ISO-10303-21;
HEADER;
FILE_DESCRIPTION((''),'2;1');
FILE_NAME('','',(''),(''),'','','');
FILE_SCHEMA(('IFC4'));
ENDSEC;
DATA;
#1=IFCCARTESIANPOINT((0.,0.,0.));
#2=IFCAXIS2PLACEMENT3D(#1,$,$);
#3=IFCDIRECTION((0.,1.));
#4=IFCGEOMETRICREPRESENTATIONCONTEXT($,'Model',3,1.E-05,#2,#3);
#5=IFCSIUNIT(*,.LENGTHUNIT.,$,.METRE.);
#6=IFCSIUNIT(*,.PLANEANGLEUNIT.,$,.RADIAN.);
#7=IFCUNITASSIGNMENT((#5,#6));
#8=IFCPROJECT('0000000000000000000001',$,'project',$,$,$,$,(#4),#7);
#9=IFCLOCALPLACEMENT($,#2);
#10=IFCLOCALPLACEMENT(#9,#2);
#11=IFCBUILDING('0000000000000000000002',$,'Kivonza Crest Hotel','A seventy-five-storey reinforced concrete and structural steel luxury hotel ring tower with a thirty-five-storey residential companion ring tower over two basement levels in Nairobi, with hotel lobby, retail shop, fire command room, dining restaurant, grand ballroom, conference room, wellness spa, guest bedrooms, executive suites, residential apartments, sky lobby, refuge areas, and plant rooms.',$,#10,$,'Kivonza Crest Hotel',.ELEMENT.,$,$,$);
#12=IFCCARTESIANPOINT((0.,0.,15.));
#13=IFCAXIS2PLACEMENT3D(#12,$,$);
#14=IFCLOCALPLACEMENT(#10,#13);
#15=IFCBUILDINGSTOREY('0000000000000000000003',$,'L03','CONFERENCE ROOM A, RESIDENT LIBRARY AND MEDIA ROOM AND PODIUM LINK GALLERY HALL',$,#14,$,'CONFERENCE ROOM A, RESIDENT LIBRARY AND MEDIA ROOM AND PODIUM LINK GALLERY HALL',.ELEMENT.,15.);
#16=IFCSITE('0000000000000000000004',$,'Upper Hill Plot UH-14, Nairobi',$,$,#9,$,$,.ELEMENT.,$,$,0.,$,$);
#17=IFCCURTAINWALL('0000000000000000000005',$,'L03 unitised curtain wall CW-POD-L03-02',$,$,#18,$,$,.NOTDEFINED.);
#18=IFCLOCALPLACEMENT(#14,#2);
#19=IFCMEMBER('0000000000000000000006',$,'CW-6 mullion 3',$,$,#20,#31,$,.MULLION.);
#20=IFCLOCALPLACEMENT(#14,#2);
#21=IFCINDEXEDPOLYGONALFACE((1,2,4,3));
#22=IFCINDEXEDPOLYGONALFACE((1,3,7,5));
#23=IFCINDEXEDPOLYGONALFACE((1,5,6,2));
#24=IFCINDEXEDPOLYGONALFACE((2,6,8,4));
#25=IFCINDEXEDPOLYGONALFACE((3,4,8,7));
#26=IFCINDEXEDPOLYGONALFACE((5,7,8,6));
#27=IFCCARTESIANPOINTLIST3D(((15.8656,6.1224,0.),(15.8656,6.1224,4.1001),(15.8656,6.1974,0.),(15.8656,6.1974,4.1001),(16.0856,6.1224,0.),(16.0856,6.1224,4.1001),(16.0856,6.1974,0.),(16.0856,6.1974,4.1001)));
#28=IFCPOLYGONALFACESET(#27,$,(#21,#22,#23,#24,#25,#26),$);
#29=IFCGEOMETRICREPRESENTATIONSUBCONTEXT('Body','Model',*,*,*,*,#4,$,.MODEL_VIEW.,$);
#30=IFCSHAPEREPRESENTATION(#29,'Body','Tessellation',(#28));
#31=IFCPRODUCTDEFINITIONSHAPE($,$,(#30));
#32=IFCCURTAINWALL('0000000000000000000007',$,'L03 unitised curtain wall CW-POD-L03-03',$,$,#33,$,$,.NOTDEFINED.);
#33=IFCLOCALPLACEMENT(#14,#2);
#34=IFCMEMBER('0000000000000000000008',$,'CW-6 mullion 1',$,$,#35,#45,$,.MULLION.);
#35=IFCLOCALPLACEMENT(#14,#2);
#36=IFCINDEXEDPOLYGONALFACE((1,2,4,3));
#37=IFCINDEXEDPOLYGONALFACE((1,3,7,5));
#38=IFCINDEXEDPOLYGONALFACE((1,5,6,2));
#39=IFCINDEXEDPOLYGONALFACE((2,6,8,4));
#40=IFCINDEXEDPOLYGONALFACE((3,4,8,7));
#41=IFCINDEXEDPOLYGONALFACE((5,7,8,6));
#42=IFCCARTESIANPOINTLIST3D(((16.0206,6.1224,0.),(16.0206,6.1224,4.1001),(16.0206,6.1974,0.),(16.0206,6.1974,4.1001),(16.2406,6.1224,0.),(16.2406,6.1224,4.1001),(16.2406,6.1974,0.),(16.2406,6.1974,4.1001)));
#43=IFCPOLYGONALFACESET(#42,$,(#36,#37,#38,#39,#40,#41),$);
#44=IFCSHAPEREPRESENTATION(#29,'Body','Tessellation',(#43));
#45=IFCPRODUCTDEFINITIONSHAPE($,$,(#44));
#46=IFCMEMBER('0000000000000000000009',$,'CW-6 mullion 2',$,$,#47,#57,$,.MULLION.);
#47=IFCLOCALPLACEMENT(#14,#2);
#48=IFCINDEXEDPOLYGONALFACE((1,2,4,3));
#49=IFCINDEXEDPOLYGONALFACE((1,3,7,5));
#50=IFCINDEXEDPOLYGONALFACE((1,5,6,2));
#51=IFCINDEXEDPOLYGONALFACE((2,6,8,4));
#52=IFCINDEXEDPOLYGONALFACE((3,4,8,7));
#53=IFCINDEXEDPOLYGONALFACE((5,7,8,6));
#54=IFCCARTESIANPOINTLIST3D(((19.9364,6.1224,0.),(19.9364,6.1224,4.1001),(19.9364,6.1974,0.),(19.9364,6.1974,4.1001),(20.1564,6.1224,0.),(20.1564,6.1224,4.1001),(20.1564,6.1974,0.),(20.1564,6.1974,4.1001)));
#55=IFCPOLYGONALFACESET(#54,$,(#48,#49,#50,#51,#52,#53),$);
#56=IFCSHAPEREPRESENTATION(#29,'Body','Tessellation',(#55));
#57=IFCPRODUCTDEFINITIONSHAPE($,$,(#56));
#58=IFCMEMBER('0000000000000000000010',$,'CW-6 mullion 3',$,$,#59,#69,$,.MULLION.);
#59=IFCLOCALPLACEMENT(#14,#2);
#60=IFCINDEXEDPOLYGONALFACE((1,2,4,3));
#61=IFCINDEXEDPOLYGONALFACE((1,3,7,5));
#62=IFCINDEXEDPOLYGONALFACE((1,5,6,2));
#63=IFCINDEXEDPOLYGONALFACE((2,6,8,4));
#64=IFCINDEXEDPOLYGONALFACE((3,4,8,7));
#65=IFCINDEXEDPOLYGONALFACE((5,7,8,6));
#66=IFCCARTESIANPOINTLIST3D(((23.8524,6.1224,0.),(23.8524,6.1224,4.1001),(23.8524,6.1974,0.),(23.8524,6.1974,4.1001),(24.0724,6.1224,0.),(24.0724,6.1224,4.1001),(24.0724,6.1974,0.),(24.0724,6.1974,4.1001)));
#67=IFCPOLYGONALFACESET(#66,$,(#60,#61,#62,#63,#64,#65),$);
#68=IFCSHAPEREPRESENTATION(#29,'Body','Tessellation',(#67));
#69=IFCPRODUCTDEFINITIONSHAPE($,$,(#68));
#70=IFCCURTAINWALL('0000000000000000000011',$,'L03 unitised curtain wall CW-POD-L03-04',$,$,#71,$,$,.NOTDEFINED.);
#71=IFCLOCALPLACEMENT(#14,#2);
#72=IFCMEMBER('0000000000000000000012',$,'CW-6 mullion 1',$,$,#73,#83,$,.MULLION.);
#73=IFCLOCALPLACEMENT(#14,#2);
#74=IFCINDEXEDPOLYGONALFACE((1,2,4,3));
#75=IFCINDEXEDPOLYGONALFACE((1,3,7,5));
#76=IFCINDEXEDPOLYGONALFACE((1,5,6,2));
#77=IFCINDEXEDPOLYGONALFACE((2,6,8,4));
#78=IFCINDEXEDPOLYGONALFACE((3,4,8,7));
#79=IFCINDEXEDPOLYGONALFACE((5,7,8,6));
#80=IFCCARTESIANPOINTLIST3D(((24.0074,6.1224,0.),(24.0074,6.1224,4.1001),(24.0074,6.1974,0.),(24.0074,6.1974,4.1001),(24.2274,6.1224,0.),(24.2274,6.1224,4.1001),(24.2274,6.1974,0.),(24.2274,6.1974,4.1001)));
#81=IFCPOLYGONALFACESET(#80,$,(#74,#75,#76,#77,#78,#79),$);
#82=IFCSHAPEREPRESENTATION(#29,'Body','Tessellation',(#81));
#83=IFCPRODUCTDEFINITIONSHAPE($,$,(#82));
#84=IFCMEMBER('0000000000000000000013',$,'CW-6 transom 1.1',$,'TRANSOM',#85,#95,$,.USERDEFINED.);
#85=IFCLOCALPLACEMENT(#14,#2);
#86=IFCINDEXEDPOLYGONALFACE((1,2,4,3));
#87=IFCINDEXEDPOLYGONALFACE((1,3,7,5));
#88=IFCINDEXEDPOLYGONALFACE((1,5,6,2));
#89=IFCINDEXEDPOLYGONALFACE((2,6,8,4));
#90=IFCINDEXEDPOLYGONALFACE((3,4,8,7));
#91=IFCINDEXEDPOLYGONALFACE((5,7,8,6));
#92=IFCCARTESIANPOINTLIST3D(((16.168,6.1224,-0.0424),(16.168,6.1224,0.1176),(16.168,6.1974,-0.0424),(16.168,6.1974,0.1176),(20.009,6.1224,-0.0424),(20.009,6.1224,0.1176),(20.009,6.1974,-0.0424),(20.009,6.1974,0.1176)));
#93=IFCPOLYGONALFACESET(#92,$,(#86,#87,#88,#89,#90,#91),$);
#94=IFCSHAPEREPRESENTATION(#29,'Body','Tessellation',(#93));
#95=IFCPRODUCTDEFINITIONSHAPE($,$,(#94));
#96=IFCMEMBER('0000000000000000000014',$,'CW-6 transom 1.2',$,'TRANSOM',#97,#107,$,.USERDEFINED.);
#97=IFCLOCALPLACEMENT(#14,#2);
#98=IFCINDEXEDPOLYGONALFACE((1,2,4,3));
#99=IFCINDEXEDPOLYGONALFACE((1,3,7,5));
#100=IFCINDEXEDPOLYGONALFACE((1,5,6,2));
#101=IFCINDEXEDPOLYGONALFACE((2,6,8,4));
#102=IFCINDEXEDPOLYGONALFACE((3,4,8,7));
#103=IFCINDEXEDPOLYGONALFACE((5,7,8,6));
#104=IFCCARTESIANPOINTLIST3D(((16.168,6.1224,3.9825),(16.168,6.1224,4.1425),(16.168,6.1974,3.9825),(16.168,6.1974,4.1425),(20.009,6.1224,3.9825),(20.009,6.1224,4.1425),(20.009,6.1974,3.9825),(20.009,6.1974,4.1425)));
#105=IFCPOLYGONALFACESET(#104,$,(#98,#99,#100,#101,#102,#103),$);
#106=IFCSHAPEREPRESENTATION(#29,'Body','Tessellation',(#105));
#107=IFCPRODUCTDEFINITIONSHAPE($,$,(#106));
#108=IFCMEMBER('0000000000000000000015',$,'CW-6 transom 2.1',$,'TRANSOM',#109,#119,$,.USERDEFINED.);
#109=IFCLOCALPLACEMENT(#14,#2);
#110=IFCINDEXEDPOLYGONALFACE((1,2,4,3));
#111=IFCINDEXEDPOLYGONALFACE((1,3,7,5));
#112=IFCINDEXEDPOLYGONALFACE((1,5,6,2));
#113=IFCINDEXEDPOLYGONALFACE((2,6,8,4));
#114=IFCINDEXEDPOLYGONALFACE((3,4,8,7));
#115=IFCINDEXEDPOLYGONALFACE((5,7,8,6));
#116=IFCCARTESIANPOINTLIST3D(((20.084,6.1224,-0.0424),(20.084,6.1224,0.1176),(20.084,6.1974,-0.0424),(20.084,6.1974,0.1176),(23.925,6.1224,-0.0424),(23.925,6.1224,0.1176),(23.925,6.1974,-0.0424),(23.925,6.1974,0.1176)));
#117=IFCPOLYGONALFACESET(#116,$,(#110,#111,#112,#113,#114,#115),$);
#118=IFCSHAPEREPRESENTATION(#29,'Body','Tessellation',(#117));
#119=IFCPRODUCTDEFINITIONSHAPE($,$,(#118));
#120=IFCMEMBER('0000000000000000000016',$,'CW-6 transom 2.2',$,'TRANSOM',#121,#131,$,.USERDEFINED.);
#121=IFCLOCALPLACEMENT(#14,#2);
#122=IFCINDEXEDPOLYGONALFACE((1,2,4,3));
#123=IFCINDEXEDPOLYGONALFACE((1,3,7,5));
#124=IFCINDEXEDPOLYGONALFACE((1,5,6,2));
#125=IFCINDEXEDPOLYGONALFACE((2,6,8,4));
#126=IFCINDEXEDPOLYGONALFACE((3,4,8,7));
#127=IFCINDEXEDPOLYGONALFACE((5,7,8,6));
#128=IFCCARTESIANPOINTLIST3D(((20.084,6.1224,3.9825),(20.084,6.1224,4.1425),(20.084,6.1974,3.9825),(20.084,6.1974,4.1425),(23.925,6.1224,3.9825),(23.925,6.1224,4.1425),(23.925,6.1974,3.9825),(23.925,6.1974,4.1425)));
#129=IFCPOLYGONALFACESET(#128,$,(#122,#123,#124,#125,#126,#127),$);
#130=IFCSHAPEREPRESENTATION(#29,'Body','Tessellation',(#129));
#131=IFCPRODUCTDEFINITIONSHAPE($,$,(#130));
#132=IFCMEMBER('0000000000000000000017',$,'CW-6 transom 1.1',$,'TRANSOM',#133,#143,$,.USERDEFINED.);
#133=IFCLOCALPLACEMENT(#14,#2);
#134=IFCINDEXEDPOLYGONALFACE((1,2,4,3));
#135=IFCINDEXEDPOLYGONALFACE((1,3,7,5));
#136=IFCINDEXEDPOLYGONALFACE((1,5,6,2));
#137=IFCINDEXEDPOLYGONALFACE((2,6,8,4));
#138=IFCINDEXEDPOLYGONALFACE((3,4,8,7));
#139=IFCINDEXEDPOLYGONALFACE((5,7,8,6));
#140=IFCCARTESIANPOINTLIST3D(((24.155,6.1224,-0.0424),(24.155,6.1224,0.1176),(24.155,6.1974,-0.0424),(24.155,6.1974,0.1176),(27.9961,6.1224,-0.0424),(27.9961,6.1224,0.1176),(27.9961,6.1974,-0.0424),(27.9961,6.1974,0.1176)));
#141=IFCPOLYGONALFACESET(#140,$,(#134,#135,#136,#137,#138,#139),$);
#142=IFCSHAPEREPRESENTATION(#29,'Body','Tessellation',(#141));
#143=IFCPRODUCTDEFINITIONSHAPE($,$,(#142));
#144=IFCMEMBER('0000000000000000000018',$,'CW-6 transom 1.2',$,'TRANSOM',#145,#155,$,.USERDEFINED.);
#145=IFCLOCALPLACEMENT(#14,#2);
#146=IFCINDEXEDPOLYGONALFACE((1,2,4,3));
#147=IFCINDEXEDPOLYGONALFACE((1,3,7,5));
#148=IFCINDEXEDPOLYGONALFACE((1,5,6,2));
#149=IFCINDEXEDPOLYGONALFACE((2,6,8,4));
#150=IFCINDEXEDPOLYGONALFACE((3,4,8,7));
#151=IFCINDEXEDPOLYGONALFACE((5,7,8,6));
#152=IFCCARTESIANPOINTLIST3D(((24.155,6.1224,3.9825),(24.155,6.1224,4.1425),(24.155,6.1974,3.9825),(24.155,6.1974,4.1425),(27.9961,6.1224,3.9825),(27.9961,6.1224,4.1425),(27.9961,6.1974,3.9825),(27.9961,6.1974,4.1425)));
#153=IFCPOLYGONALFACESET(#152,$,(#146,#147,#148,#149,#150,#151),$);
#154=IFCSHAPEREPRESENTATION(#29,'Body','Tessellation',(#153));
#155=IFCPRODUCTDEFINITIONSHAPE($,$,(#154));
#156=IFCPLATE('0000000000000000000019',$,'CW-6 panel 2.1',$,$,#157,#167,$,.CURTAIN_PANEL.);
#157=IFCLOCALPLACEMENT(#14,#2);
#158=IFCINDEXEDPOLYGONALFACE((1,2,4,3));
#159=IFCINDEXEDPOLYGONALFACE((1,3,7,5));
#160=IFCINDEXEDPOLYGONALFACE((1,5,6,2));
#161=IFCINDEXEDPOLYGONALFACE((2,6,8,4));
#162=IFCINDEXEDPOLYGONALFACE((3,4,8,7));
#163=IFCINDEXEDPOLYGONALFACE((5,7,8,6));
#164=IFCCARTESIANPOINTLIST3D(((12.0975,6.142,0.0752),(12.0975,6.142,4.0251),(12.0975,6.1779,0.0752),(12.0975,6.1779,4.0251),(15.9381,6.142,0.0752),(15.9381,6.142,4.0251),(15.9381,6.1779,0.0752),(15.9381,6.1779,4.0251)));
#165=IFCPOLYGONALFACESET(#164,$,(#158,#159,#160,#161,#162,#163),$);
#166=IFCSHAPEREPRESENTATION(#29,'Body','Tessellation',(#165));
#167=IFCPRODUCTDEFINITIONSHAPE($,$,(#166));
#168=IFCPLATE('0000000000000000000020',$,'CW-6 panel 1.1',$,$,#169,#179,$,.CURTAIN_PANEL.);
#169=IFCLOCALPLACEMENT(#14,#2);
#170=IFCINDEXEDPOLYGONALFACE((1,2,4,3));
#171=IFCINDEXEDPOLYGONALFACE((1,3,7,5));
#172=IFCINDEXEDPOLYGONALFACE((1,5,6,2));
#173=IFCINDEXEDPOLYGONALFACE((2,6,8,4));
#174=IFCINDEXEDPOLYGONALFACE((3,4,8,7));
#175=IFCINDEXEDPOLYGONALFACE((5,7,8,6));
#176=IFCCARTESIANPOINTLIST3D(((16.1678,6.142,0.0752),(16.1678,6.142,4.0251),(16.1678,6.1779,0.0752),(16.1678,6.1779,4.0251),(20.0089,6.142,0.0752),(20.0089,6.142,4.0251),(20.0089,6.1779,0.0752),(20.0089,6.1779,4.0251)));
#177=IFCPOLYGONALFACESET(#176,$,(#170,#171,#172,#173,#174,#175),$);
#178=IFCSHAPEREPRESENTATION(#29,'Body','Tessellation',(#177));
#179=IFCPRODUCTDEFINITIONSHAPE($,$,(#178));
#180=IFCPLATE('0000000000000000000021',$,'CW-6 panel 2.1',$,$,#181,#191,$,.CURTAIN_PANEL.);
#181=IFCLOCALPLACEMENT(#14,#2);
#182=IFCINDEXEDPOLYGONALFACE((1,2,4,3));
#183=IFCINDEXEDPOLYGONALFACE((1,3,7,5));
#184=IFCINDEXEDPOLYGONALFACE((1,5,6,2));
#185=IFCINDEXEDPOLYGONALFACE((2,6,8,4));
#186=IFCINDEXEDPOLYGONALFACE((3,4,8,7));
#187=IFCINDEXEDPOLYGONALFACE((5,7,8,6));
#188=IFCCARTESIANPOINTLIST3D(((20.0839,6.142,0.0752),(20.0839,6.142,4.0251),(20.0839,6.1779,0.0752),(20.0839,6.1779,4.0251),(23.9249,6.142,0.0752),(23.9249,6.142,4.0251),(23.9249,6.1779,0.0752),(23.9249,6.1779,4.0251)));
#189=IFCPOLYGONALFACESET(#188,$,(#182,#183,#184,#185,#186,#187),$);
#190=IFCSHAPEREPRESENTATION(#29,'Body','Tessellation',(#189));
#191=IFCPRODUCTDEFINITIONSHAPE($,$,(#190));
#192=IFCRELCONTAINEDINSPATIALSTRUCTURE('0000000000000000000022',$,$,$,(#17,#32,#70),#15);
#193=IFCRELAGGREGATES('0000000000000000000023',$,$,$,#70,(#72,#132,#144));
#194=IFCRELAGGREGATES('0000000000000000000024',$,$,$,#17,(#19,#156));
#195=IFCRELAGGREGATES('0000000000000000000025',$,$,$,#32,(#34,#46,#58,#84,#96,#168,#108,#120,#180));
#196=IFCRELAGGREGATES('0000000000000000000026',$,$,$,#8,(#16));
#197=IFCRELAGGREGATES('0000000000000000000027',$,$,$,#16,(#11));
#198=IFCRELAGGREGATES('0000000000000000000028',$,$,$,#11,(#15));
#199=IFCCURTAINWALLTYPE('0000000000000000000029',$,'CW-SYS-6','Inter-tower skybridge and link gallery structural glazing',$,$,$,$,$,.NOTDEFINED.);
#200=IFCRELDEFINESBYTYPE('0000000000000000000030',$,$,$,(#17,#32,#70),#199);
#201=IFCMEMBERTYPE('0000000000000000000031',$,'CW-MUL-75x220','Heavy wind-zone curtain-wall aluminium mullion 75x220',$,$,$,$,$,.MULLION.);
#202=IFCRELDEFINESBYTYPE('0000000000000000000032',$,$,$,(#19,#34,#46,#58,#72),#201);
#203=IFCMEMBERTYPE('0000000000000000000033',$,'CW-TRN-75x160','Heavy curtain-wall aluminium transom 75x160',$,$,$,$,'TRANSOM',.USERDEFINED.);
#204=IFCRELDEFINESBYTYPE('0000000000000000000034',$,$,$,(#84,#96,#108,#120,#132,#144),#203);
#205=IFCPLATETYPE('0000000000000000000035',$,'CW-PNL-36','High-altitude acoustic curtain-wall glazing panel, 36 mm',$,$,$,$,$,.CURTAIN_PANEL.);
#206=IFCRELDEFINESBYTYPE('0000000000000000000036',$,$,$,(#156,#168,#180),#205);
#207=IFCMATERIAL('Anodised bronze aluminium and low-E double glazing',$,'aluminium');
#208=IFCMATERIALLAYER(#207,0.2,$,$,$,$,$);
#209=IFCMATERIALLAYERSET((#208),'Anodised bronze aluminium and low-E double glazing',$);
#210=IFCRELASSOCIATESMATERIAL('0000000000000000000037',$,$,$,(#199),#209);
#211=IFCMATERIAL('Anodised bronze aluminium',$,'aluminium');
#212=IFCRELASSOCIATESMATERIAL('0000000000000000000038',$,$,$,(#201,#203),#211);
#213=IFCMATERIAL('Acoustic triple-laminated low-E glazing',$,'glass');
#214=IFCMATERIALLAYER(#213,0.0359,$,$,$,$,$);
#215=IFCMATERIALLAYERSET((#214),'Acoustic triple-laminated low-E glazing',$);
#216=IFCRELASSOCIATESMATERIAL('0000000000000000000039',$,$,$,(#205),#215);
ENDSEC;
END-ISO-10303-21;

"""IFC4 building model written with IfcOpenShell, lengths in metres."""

from ifc_helpers import new_model, si_unit, direction, frame, origin, origin_2d, place, context, subcontext, project, spatial, rectangle, extrude, material, layer, layer_set, material_profile, profile_set, type_object, element, aggregate, save


model = new_model("IFC4")

# Units and contexts
model_context = context("Model", 3, precision=1e-05, world=origin(), true_north=direction((0.0, 1.0)))
body_context = subcontext(model_context, "Body", "Model", "MODEL_VIEW")
ifc_project = project(units=[si_unit("LENGTHUNIT", "METRE"), si_unit("PLANEANGLEUNIT", "RADIAN")], contexts=[model_context])

# Site, building, storey
site_placement = place(None, origin())
site = spatial("IfcSite", under=ifc_project, at=site_placement, Name="Upper Hill Plot UH-14, Nairobi", CompositionType="ELEMENT", RefElevation=0.0)
building_placement = place(site_placement, origin())
building = spatial("IfcBuilding", under=site, at=building_placement, Name="Kivonza Crest Hotel", Description="A seventy-five-storey reinforced concrete and structural steel luxury hotel ring tower with a thirty-five-storey residential companion ring tower over two basement levels in Nairobi, with hotel lobby, retail shop, fire command room, dining restaurant, grand ballroom, conference room, wellness spa, guest bedrooms, executive suites, residential apartments, sky lobby, refuge areas, and plant rooms.", LongName="Kivonza Crest Hotel", CompositionType="ELEMENT")
storey_placement = place(building_placement, frame((0.0, 0.0, 15.0)))
storey = spatial("IfcBuildingStorey", under=building, at=storey_placement, Name="L03", Description="CONFERENCE ROOM A, RESIDENT LIBRARY AND MEDIA ROOM AND PODIUM LINK GALLERY HALL", LongName="CONFERENCE ROOM A, RESIDENT LIBRARY AND MEDIA ROOM AND PODIUM LINK GALLERY HALL", CompositionType="ELEMENT", Elevation=15.0)

# Curtain wall, member
ifc_material_1 = material(Name="Anodised bronze aluminium and low-E double glazing", Category="aluminium")
ifc_layer_1 = layer(ifc_material_1, 0.2)
ifc_layer_set_1 = layer_set([ifc_layer_1], Name="Anodised bronze aluminium and low-E double glazing")
curtain_wall_type = type_object("IfcCurtainWallType", Name="CW-SYS-6", Description="Inter-tower skybridge and link gallery structural glazing", PredefinedType="NOTDEFINED", material=ifc_layer_set_1)
curtain_wall_1_placement = place(storey_placement, origin())
curtain_wall_1 = element("IfcCurtainWall", 1, at=curtain_wall_1_placement, inside=storey, type_object=curtain_wall_type, Name="L03 unitised curtain wall CW-POD-L03-02", PredefinedType="NOTDEFINED")
ifc_material_2 = material(Name="Anodised bronze aluminium", Category="aluminium")
ifc_material_profile_1 = material_profile(ifc_material_2, rectangle(XDim=0.075, YDim=0.22, at=origin_2d()), Name="CW-M 75x220")
ifc_profile_set_1 = profile_set([ifc_material_profile_1], Name="Anodised bronze aluminium")
member_type_1 = type_object("IfcMemberType", Name="CW-MUL-75x220", Description="Heavy wind-zone curtain-wall aluminium mullion 75x220", PredefinedType="MULLION", material=ifc_profile_set_1)
member_1_placement = place(storey_placement, frame((15.9756, 6.1599, 0.0), z_axis=(0.0, 0.0, 1.0), x_axis=(0.0, 1.0, 0.0)))
member_1 = element("IfcMember", 2, at=member_1_placement, type_object=member_type_1, Name="CW-6 mullion 3", PredefinedType="MULLION", context=body_context, shape_type="SweptSolid", body=[
    extrude(rectangle(XDim=0.075, YDim=0.22, at=origin_2d()), origin(), (0.0, 0.0, 1.0), 4.1001),
])

# Curtain wall, members
curtain_wall_2_placement = place(storey_placement, origin())
curtain_wall_2 = element("IfcCurtainWall", 3, at=curtain_wall_2_placement, inside=storey, type_object=curtain_wall_type, Name="L03 unitised curtain wall CW-POD-L03-03", PredefinedType="NOTDEFINED")
member_2_placement = place(storey_placement, frame((16.1306, 6.1599, 0.0), z_axis=(0.0, 0.0, 1.0), x_axis=(0.0, 1.0, 0.0)))
member_2 = element("IfcMember", 4, at=member_2_placement, type_object=member_type_1, Name="CW-6 mullion 1", PredefinedType="MULLION", context=body_context, shape_type="SweptSolid", body=[
    extrude(rectangle(XDim=0.075, YDim=0.22, at=origin_2d()), origin(), (0.0, 0.0, 1.0), 4.1001),
])
member_3_placement = place(storey_placement, frame((20.0464, 6.1599, 0.0), z_axis=(0.0, 0.0, 1.0), x_axis=(0.0, 1.0, 0.0)))
member_3 = element("IfcMember", 5, at=member_3_placement, type_object=member_type_1, Name="CW-6 mullion 2", PredefinedType="MULLION", context=body_context, shape_type="SweptSolid", body=[
    extrude(rectangle(XDim=0.075, YDim=0.22, at=origin_2d()), origin(), (0.0, 0.0, 1.0), 4.1001),
])
member_4_placement = place(storey_placement, frame((23.9624, 6.1599, 0.0), z_axis=(0.0, 0.0, 1.0), x_axis=(0.0, 1.0, 0.0)))
member_4 = element("IfcMember", 6, at=member_4_placement, type_object=member_type_1, Name="CW-6 mullion 3", PredefinedType="MULLION", context=body_context, shape_type="SweptSolid", body=[
    extrude(rectangle(XDim=0.075, YDim=0.22, at=origin_2d()), origin(), (0.0, 0.0, 1.0), 4.1001),
])

# Curtain wall, member
curtain_wall_3_placement = place(storey_placement, origin())
curtain_wall_3 = element("IfcCurtainWall", 7, at=curtain_wall_3_placement, inside=storey, type_object=curtain_wall_type, Name="L03 unitised curtain wall CW-POD-L03-04", PredefinedType="NOTDEFINED")
member_5_placement = place(storey_placement, frame((24.1174, 6.1599, 0.0), z_axis=(0.0, 0.0, 1.0), x_axis=(0.0, 1.0, 0.0)))
member_5 = element("IfcMember", 8, at=member_5_placement, type_object=member_type_1, Name="CW-6 mullion 1", PredefinedType="MULLION", context=body_context, shape_type="SweptSolid", body=[
    extrude(rectangle(XDim=0.075, YDim=0.22, at=origin_2d()), origin(), (0.0, 0.0, 1.0), 4.1001),
])

# Members
ifc_material_profile_2 = material_profile(ifc_material_2, rectangle(XDim=0.075, YDim=0.1599, at=origin_2d()), Name="CW-T 75x160")
ifc_profile_set_2 = profile_set([ifc_material_profile_2], Name="Anodised bronze aluminium")
member_type_2 = type_object("IfcMemberType", Name="CW-TRN-75x160", Description="Heavy curtain-wall aluminium transom 75x160", ElementType="TRANSOM", PredefinedType="USERDEFINED", material=ifc_profile_set_2)
member_6_placement = place(storey_placement, frame((16.168, 6.1599, 0.0376), z_axis=(1.0, 0.0, 0.0), x_axis=(0.0, 1.0, 0.0)))
member_6 = element("IfcMember", 9, at=member_6_placement, type_object=member_type_2, Name="CW-6 transom 1.1", ObjectType="TRANSOM", PredefinedType="USERDEFINED", context=body_context, shape_type="SweptSolid", body=[
    extrude(rectangle(XDim=0.075, YDim=0.1599, at=origin_2d()), origin(), (0.0, 0.0, 1.0), 3.8411),
])
member_7_placement = place(storey_placement, frame((16.168, 6.1599, 4.0625), z_axis=(1.0, 0.0, 0.0), x_axis=(0.0, 1.0, 0.0)))
member_7 = element("IfcMember", 10, at=member_7_placement, type_object=member_type_2, Name="CW-6 transom 1.2", ObjectType="TRANSOM", PredefinedType="USERDEFINED", context=body_context, shape_type="SweptSolid", body=[
    extrude(rectangle(XDim=0.075, YDim=0.1599, at=origin_2d()), origin(), (0.0, 0.0, 1.0), 3.8411),
])
member_8_placement = place(storey_placement, frame((20.084, 6.1599, 0.0376), z_axis=(1.0, 0.0, 0.0), x_axis=(0.0, 1.0, 0.0)))
member_8 = element("IfcMember", 11, at=member_8_placement, type_object=member_type_2, Name="CW-6 transom 2.1", ObjectType="TRANSOM", PredefinedType="USERDEFINED", context=body_context, shape_type="SweptSolid", body=[
    extrude(rectangle(XDim=0.075, YDim=0.1599, at=origin_2d()), origin(), (0.0, 0.0, 1.0), 3.8411),
])
member_9_placement = place(storey_placement, frame((20.084, 6.1599, 4.0625), z_axis=(1.0, 0.0, 0.0), x_axis=(0.0, 1.0, 0.0)))
member_9 = element("IfcMember", 12, at=member_9_placement, type_object=member_type_2, Name="CW-6 transom 2.2", ObjectType="TRANSOM", PredefinedType="USERDEFINED", context=body_context, shape_type="SweptSolid", body=[
    extrude(rectangle(XDim=0.075, YDim=0.1599, at=origin_2d()), origin(), (0.0, 0.0, 1.0), 3.8411),
])
member_10_placement = place(storey_placement, frame((24.155, 6.1599, 0.0376), z_axis=(1.0, 0.0, 0.0), x_axis=(0.0, 1.0, 0.0)))
member_10 = element("IfcMember", 13, at=member_10_placement, type_object=member_type_2, Name="CW-6 transom 1.1", ObjectType="TRANSOM", PredefinedType="USERDEFINED", context=body_context, shape_type="SweptSolid", body=[
    extrude(rectangle(XDim=0.075, YDim=0.1599, at=origin_2d()), origin(), (0.0, 0.0, 1.0), 3.8411),
])
member_11_placement = place(storey_placement, frame((24.155, 6.1599, 4.0625), z_axis=(1.0, 0.0, 0.0), x_axis=(0.0, 1.0, 0.0)))
member_11 = element("IfcMember", 14, at=member_11_placement, type_object=member_type_2, Name="CW-6 transom 1.2", ObjectType="TRANSOM", PredefinedType="USERDEFINED", context=body_context, shape_type="SweptSolid", body=[
    extrude(rectangle(XDim=0.075, YDim=0.1599, at=origin_2d()), origin(), (0.0, 0.0, 1.0), 3.8411),
])
aggregate(curtain_wall_3, [member_5, member_10, member_11])

# Plates
ifc_material_3 = material(Name="Acoustic triple-laminated low-E glazing", Category="glass")
ifc_layer_2 = layer(ifc_material_3, 0.0359)
ifc_layer_set_2 = layer_set([ifc_layer_2], Name="Acoustic triple-laminated low-E glazing")
plate_type = type_object("IfcPlateType", Name="CW-PNL-36", Description="High-altitude acoustic curtain-wall glazing panel, 36 mm", PredefinedType="CURTAIN_PANEL", material=ifc_layer_set_2)
plate_1_placement = place(storey_placement, frame((14.0178, 6.1599, 0.0752), z_axis=(0.0, 0.0, 1.0), x_axis=(1.0, 0.0, 0.0)))
plate_1 = element("IfcPlate", 15, at=plate_1_placement, type_object=plate_type, Name="CW-6 panel 2.1", PredefinedType="CURTAIN_PANEL", context=body_context, shape_type="SweptSolid", body=[
    extrude(rectangle(XDim=3.8406, YDim=0.0359, at=origin_2d()), origin(), (0.0, 0.0, 1.0), 3.95),
])
aggregate(curtain_wall_1, [member_1, plate_1])
plate_2_placement = place(storey_placement, frame((18.0884, 6.1599, 0.0752), z_axis=(0.0, 0.0, 1.0), x_axis=(1.0, 0.0, 0.0)))
plate_2 = element("IfcPlate", 16, at=plate_2_placement, type_object=plate_type, Name="CW-6 panel 1.1", PredefinedType="CURTAIN_PANEL", context=body_context, shape_type="SweptSolid", body=[
    extrude(rectangle(XDim=3.8411, YDim=0.0359, at=origin_2d()), origin(), (0.0, 0.0, 1.0), 3.95),
])
plate_3_placement = place(storey_placement, frame((22.0044, 6.1599, 0.0752), z_axis=(0.0, 0.0, 1.0), x_axis=(1.0, 0.0, 0.0)))
plate_3 = element("IfcPlate", 17, at=plate_3_placement, type_object=plate_type, Name="CW-6 panel 2.1", PredefinedType="CURTAIN_PANEL", context=body_context, shape_type="SweptSolid", body=[
    extrude(rectangle(XDim=3.8411, YDim=0.0359, at=origin_2d()), origin(), (0.0, 0.0, 1.0), 3.95),
])
aggregate(curtain_wall_2, [member_2, member_3, member_4, member_6, member_7, plate_2, member_8, member_9, plate_3])

save(model, "model.ifc")
